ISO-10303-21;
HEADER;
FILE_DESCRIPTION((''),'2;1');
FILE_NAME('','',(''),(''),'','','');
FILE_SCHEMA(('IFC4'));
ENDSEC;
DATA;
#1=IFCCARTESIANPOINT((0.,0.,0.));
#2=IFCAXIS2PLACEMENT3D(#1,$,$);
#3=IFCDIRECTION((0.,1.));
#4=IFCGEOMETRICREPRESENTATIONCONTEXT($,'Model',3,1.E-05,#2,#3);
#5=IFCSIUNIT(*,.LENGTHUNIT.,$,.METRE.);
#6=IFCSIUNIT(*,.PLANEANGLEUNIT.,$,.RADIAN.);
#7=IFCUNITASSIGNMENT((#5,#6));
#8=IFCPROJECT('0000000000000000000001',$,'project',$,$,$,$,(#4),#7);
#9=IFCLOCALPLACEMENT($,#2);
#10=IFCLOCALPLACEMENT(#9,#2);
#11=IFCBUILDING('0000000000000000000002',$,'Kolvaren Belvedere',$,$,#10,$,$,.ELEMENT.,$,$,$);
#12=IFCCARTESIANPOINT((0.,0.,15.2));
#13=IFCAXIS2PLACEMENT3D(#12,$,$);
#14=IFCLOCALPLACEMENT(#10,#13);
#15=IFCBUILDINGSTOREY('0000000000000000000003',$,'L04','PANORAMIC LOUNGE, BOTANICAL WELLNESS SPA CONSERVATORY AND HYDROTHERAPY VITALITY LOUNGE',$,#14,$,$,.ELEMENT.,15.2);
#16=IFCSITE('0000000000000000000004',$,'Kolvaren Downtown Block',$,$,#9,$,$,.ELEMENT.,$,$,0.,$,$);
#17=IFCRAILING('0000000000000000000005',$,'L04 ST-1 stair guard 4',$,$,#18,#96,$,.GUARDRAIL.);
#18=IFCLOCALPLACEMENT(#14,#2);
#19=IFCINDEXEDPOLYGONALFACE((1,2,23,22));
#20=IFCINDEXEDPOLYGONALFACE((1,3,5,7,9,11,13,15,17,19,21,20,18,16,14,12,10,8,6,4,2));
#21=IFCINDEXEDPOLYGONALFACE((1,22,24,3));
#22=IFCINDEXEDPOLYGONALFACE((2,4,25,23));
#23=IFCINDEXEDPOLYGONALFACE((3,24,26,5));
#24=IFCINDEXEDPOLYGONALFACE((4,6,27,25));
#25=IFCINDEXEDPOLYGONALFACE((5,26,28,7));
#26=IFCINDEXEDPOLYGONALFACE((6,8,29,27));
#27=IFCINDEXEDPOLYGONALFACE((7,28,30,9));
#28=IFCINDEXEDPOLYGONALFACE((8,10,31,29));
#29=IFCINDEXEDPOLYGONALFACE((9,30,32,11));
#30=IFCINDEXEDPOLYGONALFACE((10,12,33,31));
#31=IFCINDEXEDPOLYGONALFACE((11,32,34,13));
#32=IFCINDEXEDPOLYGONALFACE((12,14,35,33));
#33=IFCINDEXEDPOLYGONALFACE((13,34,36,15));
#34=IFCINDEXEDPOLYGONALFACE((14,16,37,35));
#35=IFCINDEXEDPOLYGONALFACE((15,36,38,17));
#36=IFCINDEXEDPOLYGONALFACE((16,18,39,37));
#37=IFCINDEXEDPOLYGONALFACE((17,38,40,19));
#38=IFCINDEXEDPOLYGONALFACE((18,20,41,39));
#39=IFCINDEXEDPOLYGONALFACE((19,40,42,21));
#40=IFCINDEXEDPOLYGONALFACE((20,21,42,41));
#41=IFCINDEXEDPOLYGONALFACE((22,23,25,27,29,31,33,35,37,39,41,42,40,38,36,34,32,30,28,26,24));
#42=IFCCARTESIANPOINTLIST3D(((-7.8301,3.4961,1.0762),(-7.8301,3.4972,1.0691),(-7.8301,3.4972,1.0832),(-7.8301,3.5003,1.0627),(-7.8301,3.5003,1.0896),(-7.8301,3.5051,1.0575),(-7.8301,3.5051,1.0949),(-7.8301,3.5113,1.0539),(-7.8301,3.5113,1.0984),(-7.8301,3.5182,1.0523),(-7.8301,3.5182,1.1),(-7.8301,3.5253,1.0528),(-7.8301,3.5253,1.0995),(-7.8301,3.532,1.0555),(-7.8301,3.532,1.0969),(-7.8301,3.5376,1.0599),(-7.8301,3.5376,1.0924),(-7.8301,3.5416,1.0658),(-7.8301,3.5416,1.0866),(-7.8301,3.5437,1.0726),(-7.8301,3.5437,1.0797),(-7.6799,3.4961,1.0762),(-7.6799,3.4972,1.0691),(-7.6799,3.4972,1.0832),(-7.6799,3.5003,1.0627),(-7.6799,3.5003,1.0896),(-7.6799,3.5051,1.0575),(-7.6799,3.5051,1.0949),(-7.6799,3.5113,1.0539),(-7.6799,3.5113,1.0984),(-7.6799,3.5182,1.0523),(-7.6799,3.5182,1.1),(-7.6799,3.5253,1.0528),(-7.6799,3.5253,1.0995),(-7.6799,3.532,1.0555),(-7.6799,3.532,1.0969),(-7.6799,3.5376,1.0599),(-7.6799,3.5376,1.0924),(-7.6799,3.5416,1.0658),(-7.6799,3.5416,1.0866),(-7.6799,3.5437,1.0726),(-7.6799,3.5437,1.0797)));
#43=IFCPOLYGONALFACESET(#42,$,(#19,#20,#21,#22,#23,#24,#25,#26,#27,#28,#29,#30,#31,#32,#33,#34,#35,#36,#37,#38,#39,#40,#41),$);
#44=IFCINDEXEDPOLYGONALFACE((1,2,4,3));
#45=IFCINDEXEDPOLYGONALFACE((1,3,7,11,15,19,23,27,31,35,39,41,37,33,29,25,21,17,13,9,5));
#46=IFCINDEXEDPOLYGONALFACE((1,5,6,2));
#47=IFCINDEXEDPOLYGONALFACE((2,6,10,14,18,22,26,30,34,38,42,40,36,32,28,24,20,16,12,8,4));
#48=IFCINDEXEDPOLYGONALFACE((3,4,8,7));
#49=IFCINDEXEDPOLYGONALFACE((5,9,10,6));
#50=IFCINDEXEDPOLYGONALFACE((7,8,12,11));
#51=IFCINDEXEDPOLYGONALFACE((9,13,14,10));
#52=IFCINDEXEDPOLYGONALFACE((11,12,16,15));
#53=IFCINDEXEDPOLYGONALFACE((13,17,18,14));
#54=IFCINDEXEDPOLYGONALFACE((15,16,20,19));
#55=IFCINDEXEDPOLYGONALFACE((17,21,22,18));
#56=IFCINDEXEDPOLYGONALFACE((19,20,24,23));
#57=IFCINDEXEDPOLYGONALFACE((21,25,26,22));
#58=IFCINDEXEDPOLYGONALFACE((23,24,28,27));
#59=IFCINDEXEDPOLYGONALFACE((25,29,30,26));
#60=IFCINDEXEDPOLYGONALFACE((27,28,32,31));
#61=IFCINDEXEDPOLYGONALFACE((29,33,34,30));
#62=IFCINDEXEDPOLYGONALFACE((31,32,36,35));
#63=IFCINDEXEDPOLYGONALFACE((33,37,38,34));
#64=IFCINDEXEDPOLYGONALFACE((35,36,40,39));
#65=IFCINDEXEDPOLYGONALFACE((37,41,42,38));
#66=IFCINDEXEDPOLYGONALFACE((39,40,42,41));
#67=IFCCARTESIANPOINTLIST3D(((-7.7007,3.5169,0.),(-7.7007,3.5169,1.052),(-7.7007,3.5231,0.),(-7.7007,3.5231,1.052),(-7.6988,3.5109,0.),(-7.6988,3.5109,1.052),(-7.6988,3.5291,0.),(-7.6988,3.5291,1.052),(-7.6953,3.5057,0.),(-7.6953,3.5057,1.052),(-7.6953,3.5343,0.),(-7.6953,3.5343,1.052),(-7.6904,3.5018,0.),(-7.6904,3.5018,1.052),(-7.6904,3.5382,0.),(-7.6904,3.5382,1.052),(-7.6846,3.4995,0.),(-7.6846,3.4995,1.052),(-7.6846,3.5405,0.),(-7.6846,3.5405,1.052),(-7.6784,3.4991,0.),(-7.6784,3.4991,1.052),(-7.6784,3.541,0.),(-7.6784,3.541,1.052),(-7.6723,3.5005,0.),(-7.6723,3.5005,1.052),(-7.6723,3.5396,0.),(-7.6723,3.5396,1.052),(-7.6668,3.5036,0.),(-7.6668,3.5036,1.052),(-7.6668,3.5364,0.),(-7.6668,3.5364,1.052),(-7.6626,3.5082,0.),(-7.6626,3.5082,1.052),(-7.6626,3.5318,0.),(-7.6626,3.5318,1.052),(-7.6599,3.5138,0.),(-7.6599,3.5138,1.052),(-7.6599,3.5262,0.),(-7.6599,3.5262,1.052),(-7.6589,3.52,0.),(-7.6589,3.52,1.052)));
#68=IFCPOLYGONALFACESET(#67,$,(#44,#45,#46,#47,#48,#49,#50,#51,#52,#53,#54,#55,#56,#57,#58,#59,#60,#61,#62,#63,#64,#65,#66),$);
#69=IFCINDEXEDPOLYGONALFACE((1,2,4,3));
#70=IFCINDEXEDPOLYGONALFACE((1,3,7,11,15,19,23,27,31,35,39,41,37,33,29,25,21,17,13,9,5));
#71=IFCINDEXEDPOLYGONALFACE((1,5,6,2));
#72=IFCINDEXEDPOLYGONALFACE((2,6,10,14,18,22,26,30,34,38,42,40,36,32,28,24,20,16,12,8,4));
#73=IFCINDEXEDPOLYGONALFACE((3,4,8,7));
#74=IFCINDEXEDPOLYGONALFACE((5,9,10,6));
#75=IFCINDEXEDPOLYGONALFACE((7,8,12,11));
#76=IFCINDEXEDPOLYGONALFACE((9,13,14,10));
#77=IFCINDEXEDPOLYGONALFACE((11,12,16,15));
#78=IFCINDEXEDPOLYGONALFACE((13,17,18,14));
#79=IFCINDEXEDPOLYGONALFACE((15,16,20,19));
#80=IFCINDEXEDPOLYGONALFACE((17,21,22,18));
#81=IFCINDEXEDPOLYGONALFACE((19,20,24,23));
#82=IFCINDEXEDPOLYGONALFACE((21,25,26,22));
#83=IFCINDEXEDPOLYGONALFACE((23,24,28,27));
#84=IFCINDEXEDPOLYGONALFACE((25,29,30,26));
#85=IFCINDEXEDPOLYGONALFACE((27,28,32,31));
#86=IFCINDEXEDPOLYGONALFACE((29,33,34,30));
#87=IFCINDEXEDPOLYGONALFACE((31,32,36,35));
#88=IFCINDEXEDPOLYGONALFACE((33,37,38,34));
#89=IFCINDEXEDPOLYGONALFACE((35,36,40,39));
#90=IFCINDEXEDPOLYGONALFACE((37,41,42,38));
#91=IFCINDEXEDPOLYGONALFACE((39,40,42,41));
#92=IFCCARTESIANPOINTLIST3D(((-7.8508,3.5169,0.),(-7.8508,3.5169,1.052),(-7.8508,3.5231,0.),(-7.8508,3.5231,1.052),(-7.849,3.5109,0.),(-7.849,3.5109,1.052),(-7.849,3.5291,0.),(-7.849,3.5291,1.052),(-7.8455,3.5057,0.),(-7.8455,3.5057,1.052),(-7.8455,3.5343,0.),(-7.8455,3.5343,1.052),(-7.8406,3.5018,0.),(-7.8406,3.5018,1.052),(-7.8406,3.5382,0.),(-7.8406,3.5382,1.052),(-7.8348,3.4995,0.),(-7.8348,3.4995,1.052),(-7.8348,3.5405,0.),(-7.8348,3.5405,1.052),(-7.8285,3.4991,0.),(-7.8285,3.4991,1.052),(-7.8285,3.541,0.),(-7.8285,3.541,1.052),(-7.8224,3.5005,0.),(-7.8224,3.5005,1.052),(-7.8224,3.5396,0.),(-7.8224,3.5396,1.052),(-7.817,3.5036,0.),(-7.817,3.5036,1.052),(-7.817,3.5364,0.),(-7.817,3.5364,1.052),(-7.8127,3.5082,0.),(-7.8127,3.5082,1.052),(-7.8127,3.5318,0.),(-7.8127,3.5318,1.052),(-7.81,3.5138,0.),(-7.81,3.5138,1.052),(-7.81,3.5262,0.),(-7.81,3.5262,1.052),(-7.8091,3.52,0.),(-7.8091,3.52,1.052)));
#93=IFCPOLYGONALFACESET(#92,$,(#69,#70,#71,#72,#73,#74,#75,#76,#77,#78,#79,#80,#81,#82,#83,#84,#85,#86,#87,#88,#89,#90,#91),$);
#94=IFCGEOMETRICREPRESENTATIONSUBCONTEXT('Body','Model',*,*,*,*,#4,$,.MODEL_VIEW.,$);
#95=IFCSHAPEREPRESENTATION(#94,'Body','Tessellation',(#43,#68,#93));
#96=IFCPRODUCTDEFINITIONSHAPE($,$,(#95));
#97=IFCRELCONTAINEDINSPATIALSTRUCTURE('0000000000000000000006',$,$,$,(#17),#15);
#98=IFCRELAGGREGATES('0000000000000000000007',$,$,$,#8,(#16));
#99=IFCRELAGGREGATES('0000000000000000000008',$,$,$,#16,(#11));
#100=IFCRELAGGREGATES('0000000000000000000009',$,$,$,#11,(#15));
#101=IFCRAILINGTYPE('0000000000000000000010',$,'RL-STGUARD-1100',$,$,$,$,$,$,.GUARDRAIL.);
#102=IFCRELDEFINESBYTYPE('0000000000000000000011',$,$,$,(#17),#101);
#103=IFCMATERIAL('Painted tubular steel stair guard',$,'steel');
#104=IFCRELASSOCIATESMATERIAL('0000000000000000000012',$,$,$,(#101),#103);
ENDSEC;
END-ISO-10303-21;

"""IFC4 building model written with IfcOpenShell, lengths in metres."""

from ifc_helpers import new_model, si_unit, direction, frame, origin, origin_2d, place, context, subcontext, project, spatial, circle, extrude, material, type_object, element, save


model = new_model("IFC4")

# Units and contexts
model_context = context("Model", 3, precision=1e-05, world=origin(), true_north=direction((0.0, 1.0)))
body_context = subcontext(model_context, "Body", "Model", "MODEL_VIEW")
ifc_project = project(units=[si_unit("LENGTHUNIT", "METRE"), si_unit("PLANEANGLEUNIT", "RADIAN")], contexts=[model_context])

# Site, building, storey
site_placement = place(None, origin())
site = spatial("IfcSite", under=ifc_project, at=site_placement, Name="Kolvaren Downtown Block", CompositionType="ELEMENT", RefElevation=0.0)
building_placement = place(site_placement, origin())
building = spatial("IfcBuilding", under=site, at=building_placement, Name="Kolvaren Belvedere", CompositionType="ELEMENT")
storey_placement = place(building_placement, frame((0.0, 0.0, 15.2)))
storey = spatial("IfcBuildingStorey", under=building, at=storey_placement, Name="L04", Description="PANORAMIC LOUNGE, BOTANICAL WELLNESS SPA CONSERVATORY AND HYDROTHERAPY VITALITY LOUNGE", CompositionType="ELEMENT", Elevation=15.2)

# Railing
ifc_material_1 = material(Name="Painted tubular steel stair guard", Category="steel")
railing_type_1 = type_object("IfcRailingType", Name="RL-STGUARD-1100", PredefinedType="GUARDRAIL", material=ifc_material_1)
railing_1_placement = place(storey_placement, frame((-7.6799, 3.52, 0.0)))
element("IfcRailing", 1, at=railing_1_placement, inside=storey, type_object=railing_type_1, Name="L04 ST-1 stair guard 4", PredefinedType="GUARDRAIL", context=body_context, shape_type="SweptSolid", body=[
    extrude(circle(Radius=0.0239, at=origin_2d()), frame((0.0, 0.0, 1.0762), z_axis=(-1.0, 0.0, 0.0), x_axis=(0.0, -1.0, 0.0)), (0.0, 0.0, 1.0), 0.1501),
    extrude(circle(Radius=0.021, at=origin_2d()), origin(), (0.0, 0.0, 1.0), 1.052),
    extrude(circle(Radius=0.021, at=origin_2d()), frame((-0.1501, 0.0, 0.0)), (0.0, 0.0, 1.0), 1.052),
])

save(model, "model.ifc")
